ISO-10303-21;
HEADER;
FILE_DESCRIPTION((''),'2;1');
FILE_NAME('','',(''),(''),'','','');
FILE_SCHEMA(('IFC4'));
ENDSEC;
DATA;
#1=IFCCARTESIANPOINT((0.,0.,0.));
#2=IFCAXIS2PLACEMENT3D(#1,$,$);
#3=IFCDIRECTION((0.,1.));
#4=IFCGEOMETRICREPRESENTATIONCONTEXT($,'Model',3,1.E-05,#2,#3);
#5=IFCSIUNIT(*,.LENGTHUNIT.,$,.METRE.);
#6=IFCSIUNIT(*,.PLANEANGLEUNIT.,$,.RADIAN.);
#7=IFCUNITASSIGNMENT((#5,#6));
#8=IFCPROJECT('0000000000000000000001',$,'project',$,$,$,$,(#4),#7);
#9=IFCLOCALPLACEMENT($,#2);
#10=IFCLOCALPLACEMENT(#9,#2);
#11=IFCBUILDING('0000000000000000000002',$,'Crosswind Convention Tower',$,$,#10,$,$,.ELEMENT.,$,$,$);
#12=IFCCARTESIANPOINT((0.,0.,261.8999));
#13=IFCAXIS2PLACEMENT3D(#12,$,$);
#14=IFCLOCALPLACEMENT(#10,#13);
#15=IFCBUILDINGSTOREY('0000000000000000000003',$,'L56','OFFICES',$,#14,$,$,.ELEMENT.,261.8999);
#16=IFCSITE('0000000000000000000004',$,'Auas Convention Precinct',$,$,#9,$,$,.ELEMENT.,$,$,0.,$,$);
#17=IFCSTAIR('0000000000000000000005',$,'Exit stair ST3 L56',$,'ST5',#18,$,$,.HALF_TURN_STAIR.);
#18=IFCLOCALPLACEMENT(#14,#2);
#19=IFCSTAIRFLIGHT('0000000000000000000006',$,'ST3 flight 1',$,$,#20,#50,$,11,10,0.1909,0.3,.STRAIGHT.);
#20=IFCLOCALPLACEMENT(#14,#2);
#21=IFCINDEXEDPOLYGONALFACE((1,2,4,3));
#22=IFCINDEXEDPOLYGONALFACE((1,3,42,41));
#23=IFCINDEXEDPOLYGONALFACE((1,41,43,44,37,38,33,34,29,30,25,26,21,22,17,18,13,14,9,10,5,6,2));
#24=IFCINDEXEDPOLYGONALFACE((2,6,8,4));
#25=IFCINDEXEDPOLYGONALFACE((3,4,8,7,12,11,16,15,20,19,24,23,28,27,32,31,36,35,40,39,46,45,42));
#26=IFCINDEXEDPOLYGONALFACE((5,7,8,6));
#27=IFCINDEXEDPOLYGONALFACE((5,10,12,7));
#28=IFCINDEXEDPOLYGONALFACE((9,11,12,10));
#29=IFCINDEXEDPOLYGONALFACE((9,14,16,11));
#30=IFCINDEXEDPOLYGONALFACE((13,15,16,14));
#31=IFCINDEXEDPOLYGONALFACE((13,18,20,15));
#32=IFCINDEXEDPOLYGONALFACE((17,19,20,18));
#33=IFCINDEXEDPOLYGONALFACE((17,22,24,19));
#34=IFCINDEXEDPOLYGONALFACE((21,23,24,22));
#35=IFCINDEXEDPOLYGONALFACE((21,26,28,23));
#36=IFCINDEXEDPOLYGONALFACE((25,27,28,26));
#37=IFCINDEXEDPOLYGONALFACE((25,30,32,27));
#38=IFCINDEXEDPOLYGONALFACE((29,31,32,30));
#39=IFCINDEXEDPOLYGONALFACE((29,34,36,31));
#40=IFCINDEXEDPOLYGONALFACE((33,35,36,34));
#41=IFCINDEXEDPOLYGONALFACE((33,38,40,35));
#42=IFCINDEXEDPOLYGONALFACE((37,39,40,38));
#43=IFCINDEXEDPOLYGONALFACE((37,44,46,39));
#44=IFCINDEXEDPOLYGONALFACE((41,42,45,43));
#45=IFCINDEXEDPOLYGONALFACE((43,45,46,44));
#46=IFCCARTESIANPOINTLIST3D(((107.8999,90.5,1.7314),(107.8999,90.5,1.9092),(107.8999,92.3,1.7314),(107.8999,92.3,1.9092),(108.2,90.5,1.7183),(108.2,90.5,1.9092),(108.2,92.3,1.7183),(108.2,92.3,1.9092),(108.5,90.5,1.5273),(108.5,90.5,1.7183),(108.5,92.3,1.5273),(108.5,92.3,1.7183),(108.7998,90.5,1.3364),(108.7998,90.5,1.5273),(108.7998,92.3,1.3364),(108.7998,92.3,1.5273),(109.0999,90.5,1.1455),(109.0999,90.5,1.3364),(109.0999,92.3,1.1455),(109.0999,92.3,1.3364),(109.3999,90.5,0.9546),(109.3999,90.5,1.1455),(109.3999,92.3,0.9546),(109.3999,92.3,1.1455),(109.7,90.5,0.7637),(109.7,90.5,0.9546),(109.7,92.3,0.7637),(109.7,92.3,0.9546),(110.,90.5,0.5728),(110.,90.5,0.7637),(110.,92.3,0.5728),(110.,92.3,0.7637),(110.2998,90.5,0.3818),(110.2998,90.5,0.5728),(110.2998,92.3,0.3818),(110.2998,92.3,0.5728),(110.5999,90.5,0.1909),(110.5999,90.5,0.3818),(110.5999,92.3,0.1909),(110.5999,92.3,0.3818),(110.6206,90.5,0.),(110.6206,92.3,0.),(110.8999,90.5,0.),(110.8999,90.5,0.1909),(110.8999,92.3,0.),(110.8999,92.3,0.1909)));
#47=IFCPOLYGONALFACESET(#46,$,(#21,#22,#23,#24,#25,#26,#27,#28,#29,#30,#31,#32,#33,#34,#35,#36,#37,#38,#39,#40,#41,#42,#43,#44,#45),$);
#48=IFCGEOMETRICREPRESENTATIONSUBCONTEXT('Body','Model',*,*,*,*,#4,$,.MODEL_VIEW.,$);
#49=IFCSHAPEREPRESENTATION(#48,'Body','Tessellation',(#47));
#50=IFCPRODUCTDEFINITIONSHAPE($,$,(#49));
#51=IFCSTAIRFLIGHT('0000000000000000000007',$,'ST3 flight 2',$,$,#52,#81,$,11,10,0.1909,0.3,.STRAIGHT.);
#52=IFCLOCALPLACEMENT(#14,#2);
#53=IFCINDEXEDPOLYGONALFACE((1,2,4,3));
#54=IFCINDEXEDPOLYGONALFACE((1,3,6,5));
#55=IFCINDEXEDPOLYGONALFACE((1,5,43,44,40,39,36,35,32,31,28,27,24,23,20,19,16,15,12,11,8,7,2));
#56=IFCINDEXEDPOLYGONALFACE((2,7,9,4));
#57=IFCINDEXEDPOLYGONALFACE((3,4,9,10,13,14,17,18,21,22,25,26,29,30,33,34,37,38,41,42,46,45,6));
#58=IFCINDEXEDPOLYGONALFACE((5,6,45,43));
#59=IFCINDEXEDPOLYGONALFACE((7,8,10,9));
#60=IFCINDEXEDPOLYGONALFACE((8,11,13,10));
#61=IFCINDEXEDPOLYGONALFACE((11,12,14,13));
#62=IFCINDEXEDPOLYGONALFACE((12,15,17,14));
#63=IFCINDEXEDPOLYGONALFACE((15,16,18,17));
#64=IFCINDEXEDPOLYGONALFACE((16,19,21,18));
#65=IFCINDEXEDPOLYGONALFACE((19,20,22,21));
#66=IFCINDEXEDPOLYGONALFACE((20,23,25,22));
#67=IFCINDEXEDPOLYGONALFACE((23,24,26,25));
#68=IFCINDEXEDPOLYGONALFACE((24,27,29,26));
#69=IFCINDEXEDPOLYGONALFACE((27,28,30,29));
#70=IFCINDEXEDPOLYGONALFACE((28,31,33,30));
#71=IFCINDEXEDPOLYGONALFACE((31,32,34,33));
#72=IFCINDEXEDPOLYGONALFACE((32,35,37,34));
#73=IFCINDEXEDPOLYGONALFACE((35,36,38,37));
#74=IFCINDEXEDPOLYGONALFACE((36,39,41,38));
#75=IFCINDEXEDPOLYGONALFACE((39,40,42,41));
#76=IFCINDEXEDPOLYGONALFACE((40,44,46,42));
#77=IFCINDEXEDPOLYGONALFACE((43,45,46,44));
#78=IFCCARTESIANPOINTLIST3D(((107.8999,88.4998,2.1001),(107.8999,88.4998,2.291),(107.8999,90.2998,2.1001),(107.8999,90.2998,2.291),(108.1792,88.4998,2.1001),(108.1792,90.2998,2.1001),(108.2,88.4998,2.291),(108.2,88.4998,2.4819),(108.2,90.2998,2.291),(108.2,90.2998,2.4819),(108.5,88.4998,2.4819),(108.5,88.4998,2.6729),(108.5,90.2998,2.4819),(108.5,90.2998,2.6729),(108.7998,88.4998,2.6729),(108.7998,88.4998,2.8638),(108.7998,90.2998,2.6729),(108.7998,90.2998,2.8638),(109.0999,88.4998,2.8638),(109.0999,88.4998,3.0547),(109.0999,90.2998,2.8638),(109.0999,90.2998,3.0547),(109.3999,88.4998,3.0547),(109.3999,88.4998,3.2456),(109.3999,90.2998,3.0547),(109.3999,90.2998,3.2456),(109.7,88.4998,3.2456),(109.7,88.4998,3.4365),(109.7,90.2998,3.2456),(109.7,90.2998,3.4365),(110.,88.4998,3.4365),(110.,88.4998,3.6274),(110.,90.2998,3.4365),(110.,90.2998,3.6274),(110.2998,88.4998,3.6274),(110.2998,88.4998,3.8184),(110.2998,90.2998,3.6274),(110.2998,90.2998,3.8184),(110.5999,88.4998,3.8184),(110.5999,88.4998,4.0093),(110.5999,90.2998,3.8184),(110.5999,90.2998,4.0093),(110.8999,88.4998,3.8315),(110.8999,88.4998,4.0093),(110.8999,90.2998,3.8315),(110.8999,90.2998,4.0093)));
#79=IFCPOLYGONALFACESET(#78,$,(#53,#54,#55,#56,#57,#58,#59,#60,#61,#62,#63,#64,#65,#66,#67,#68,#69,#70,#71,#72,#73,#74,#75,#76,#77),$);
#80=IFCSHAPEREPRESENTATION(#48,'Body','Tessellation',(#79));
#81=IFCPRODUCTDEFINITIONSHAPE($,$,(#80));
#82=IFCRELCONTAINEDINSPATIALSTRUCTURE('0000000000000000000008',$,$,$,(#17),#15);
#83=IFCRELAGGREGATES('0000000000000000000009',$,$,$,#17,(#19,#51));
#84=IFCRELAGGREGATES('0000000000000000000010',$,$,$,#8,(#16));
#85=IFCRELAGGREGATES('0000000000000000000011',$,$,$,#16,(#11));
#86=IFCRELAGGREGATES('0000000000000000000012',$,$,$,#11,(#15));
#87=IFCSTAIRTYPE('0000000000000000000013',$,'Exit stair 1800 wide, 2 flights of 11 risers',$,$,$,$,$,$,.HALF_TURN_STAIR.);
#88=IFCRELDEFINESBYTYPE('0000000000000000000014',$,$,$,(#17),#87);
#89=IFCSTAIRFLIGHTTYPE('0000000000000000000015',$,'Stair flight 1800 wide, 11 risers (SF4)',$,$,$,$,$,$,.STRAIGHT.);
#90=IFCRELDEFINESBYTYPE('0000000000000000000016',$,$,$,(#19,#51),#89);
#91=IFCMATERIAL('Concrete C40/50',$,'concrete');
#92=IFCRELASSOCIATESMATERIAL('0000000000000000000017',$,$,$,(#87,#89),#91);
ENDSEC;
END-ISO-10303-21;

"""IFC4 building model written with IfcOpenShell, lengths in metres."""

from ifc_helpers import new_model, si_unit, direction, frame, origin, place, context, subcontext, project, spatial, polyline, outline, extrude, material, type_object, element, aggregate, save


model = new_model("IFC4")

# Units and contexts
model_context = context("Model", 3, precision=1e-05, world=origin(), true_north=direction((0.0, 1.0)))
body_context = subcontext(model_context, "Body", "Model", "MODEL_VIEW")
ifc_project = project(units=[si_unit("LENGTHUNIT", "METRE"), si_unit("PLANEANGLEUNIT", "RADIAN")], contexts=[model_context])

# Site, building, storey
site_placement = place(None, origin())
site = spatial("IfcSite", under=ifc_project, at=site_placement, Name="Auas Convention Precinct", CompositionType="ELEMENT", RefElevation=0.0)
building_placement = place(site_placement, origin())
building = spatial("IfcBuilding", under=site, at=building_placement, Name="Crosswind Convention Tower", CompositionType="ELEMENT")
storey_placement = place(building_placement, frame((0.0, 0.0, 261.8999)))
storey = spatial("IfcBuildingStorey", under=building, at=storey_placement, Name="L56", Description="OFFICES", CompositionType="ELEMENT", Elevation=261.8999)

# Shared definitions
ifc_material_1 = material(Name="Concrete C40/50", Category="concrete")

# Stair
stair_type = type_object("IfcStairType", Name="Exit stair 1800 wide, 2 flights of 11 risers", PredefinedType="HALF_TURN_STAIR", material=ifc_material_1)
stair_1_placement = place(storey_placement, origin())
stair_1 = element("IfcStair", 1, at=stair_1_placement, inside=storey, type_object=stair_type, Name="Exit stair ST3 L56", ObjectType="ST5", PredefinedType="HALF_TURN_STAIR")

# Stair flights
stair_flight_type = type_object("IfcStairFlightType", Name="Stair flight 1800 wide, 11 risers (SF4)", PredefinedType="STRAIGHT", material=ifc_material_1)
stair_flight_1_placement = place(storey_placement, frame((110.8999, 91.3999, 0.0), z_axis=(0.0, 0.0, 1.0), x_axis=(-1.0, 0.0, 0.0)))
stair_flight_1 = element("IfcStairFlight", 2, at=stair_flight_1_placement, type_object=stair_flight_type, Name="ST3 flight 1", NumberOfRisers=11, NumberOfTreads=10, PredefinedType="STRAIGHT", RiserHeight=0.1909, TreadLength=0.3, context=body_context, shape_type="SweptSolid", body=[
    extrude(outline(polyline([(0.0, 0.0), (0.0, 0.1909), (0.3, 0.1909), (0.3, 0.3818), (0.6001, 0.3818), (0.6001, 0.5728), (0.8999, 0.5728), (0.8999, 0.7637), (1.2, 0.7637), (1.2, 0.9546), (1.5, 0.9546), (1.5, 1.1455), (1.8, 1.1455), (1.8, 1.3364), (2.1001, 1.3364), (2.1001, 1.5273), (2.3999, 1.5273), (2.3999, 1.7183), (2.7, 1.7183), (2.7, 1.9092), (3.0, 1.9092), (3.0, 2.1001), (3.0, 1.7314), (0.2793, 0.0), (0.0, 0.0)])), frame((0.0, 0.8999, 0.0), z_axis=(0.0, -1.0, 0.0), x_axis=(1.0, 0.0, 0.0)), (0.0, 0.0, 1.0), 1.8),
])
stair_flight_2_placement = place(storey_placement, frame((107.8999, 89.3999, 2.1001), z_axis=(0.0, 0.0, 1.0), x_axis=(1.0, 0.0, 0.0)))
stair_flight_2 = element("IfcStairFlight", 3, at=stair_flight_2_placement, type_object=stair_flight_type, Name="ST3 flight 2", NumberOfRisers=11, NumberOfTreads=10, PredefinedType="STRAIGHT", RiserHeight=0.1909, TreadLength=0.3, context=body_context, shape_type="SweptSolid", body=[
    extrude(outline(polyline([(0.0, 0.0), (0.0, 0.1909), (0.3, 0.1909), (0.3, 0.3818), (0.6001, 0.3818), (0.6001, 0.5728), (0.8999, 0.5728), (0.8999, 0.7637), (1.2, 0.7637), (1.2, 0.9546), (1.5, 0.9546), (1.5, 1.1455), (1.8, 1.1455), (1.8, 1.3364), (2.1001, 1.3364), (2.1001, 1.5273), (2.3999, 1.5273), (2.3999, 1.7183), (2.7, 1.7183), (2.7, 1.9092), (3.0, 1.9092), (3.0, 2.1001), (3.0, 1.7314), (0.2793, 0.0), (0.0, 0.0)])), frame((0.0, 0.8999, 0.0), z_axis=(0.0, -1.0, 0.0), x_axis=(1.0, 0.0, 0.0)), (0.0, 0.0, 1.0), 1.8),
])
aggregate(stair_1, [stair_flight_1, stair_flight_2])

save(model, "model.ifc")
